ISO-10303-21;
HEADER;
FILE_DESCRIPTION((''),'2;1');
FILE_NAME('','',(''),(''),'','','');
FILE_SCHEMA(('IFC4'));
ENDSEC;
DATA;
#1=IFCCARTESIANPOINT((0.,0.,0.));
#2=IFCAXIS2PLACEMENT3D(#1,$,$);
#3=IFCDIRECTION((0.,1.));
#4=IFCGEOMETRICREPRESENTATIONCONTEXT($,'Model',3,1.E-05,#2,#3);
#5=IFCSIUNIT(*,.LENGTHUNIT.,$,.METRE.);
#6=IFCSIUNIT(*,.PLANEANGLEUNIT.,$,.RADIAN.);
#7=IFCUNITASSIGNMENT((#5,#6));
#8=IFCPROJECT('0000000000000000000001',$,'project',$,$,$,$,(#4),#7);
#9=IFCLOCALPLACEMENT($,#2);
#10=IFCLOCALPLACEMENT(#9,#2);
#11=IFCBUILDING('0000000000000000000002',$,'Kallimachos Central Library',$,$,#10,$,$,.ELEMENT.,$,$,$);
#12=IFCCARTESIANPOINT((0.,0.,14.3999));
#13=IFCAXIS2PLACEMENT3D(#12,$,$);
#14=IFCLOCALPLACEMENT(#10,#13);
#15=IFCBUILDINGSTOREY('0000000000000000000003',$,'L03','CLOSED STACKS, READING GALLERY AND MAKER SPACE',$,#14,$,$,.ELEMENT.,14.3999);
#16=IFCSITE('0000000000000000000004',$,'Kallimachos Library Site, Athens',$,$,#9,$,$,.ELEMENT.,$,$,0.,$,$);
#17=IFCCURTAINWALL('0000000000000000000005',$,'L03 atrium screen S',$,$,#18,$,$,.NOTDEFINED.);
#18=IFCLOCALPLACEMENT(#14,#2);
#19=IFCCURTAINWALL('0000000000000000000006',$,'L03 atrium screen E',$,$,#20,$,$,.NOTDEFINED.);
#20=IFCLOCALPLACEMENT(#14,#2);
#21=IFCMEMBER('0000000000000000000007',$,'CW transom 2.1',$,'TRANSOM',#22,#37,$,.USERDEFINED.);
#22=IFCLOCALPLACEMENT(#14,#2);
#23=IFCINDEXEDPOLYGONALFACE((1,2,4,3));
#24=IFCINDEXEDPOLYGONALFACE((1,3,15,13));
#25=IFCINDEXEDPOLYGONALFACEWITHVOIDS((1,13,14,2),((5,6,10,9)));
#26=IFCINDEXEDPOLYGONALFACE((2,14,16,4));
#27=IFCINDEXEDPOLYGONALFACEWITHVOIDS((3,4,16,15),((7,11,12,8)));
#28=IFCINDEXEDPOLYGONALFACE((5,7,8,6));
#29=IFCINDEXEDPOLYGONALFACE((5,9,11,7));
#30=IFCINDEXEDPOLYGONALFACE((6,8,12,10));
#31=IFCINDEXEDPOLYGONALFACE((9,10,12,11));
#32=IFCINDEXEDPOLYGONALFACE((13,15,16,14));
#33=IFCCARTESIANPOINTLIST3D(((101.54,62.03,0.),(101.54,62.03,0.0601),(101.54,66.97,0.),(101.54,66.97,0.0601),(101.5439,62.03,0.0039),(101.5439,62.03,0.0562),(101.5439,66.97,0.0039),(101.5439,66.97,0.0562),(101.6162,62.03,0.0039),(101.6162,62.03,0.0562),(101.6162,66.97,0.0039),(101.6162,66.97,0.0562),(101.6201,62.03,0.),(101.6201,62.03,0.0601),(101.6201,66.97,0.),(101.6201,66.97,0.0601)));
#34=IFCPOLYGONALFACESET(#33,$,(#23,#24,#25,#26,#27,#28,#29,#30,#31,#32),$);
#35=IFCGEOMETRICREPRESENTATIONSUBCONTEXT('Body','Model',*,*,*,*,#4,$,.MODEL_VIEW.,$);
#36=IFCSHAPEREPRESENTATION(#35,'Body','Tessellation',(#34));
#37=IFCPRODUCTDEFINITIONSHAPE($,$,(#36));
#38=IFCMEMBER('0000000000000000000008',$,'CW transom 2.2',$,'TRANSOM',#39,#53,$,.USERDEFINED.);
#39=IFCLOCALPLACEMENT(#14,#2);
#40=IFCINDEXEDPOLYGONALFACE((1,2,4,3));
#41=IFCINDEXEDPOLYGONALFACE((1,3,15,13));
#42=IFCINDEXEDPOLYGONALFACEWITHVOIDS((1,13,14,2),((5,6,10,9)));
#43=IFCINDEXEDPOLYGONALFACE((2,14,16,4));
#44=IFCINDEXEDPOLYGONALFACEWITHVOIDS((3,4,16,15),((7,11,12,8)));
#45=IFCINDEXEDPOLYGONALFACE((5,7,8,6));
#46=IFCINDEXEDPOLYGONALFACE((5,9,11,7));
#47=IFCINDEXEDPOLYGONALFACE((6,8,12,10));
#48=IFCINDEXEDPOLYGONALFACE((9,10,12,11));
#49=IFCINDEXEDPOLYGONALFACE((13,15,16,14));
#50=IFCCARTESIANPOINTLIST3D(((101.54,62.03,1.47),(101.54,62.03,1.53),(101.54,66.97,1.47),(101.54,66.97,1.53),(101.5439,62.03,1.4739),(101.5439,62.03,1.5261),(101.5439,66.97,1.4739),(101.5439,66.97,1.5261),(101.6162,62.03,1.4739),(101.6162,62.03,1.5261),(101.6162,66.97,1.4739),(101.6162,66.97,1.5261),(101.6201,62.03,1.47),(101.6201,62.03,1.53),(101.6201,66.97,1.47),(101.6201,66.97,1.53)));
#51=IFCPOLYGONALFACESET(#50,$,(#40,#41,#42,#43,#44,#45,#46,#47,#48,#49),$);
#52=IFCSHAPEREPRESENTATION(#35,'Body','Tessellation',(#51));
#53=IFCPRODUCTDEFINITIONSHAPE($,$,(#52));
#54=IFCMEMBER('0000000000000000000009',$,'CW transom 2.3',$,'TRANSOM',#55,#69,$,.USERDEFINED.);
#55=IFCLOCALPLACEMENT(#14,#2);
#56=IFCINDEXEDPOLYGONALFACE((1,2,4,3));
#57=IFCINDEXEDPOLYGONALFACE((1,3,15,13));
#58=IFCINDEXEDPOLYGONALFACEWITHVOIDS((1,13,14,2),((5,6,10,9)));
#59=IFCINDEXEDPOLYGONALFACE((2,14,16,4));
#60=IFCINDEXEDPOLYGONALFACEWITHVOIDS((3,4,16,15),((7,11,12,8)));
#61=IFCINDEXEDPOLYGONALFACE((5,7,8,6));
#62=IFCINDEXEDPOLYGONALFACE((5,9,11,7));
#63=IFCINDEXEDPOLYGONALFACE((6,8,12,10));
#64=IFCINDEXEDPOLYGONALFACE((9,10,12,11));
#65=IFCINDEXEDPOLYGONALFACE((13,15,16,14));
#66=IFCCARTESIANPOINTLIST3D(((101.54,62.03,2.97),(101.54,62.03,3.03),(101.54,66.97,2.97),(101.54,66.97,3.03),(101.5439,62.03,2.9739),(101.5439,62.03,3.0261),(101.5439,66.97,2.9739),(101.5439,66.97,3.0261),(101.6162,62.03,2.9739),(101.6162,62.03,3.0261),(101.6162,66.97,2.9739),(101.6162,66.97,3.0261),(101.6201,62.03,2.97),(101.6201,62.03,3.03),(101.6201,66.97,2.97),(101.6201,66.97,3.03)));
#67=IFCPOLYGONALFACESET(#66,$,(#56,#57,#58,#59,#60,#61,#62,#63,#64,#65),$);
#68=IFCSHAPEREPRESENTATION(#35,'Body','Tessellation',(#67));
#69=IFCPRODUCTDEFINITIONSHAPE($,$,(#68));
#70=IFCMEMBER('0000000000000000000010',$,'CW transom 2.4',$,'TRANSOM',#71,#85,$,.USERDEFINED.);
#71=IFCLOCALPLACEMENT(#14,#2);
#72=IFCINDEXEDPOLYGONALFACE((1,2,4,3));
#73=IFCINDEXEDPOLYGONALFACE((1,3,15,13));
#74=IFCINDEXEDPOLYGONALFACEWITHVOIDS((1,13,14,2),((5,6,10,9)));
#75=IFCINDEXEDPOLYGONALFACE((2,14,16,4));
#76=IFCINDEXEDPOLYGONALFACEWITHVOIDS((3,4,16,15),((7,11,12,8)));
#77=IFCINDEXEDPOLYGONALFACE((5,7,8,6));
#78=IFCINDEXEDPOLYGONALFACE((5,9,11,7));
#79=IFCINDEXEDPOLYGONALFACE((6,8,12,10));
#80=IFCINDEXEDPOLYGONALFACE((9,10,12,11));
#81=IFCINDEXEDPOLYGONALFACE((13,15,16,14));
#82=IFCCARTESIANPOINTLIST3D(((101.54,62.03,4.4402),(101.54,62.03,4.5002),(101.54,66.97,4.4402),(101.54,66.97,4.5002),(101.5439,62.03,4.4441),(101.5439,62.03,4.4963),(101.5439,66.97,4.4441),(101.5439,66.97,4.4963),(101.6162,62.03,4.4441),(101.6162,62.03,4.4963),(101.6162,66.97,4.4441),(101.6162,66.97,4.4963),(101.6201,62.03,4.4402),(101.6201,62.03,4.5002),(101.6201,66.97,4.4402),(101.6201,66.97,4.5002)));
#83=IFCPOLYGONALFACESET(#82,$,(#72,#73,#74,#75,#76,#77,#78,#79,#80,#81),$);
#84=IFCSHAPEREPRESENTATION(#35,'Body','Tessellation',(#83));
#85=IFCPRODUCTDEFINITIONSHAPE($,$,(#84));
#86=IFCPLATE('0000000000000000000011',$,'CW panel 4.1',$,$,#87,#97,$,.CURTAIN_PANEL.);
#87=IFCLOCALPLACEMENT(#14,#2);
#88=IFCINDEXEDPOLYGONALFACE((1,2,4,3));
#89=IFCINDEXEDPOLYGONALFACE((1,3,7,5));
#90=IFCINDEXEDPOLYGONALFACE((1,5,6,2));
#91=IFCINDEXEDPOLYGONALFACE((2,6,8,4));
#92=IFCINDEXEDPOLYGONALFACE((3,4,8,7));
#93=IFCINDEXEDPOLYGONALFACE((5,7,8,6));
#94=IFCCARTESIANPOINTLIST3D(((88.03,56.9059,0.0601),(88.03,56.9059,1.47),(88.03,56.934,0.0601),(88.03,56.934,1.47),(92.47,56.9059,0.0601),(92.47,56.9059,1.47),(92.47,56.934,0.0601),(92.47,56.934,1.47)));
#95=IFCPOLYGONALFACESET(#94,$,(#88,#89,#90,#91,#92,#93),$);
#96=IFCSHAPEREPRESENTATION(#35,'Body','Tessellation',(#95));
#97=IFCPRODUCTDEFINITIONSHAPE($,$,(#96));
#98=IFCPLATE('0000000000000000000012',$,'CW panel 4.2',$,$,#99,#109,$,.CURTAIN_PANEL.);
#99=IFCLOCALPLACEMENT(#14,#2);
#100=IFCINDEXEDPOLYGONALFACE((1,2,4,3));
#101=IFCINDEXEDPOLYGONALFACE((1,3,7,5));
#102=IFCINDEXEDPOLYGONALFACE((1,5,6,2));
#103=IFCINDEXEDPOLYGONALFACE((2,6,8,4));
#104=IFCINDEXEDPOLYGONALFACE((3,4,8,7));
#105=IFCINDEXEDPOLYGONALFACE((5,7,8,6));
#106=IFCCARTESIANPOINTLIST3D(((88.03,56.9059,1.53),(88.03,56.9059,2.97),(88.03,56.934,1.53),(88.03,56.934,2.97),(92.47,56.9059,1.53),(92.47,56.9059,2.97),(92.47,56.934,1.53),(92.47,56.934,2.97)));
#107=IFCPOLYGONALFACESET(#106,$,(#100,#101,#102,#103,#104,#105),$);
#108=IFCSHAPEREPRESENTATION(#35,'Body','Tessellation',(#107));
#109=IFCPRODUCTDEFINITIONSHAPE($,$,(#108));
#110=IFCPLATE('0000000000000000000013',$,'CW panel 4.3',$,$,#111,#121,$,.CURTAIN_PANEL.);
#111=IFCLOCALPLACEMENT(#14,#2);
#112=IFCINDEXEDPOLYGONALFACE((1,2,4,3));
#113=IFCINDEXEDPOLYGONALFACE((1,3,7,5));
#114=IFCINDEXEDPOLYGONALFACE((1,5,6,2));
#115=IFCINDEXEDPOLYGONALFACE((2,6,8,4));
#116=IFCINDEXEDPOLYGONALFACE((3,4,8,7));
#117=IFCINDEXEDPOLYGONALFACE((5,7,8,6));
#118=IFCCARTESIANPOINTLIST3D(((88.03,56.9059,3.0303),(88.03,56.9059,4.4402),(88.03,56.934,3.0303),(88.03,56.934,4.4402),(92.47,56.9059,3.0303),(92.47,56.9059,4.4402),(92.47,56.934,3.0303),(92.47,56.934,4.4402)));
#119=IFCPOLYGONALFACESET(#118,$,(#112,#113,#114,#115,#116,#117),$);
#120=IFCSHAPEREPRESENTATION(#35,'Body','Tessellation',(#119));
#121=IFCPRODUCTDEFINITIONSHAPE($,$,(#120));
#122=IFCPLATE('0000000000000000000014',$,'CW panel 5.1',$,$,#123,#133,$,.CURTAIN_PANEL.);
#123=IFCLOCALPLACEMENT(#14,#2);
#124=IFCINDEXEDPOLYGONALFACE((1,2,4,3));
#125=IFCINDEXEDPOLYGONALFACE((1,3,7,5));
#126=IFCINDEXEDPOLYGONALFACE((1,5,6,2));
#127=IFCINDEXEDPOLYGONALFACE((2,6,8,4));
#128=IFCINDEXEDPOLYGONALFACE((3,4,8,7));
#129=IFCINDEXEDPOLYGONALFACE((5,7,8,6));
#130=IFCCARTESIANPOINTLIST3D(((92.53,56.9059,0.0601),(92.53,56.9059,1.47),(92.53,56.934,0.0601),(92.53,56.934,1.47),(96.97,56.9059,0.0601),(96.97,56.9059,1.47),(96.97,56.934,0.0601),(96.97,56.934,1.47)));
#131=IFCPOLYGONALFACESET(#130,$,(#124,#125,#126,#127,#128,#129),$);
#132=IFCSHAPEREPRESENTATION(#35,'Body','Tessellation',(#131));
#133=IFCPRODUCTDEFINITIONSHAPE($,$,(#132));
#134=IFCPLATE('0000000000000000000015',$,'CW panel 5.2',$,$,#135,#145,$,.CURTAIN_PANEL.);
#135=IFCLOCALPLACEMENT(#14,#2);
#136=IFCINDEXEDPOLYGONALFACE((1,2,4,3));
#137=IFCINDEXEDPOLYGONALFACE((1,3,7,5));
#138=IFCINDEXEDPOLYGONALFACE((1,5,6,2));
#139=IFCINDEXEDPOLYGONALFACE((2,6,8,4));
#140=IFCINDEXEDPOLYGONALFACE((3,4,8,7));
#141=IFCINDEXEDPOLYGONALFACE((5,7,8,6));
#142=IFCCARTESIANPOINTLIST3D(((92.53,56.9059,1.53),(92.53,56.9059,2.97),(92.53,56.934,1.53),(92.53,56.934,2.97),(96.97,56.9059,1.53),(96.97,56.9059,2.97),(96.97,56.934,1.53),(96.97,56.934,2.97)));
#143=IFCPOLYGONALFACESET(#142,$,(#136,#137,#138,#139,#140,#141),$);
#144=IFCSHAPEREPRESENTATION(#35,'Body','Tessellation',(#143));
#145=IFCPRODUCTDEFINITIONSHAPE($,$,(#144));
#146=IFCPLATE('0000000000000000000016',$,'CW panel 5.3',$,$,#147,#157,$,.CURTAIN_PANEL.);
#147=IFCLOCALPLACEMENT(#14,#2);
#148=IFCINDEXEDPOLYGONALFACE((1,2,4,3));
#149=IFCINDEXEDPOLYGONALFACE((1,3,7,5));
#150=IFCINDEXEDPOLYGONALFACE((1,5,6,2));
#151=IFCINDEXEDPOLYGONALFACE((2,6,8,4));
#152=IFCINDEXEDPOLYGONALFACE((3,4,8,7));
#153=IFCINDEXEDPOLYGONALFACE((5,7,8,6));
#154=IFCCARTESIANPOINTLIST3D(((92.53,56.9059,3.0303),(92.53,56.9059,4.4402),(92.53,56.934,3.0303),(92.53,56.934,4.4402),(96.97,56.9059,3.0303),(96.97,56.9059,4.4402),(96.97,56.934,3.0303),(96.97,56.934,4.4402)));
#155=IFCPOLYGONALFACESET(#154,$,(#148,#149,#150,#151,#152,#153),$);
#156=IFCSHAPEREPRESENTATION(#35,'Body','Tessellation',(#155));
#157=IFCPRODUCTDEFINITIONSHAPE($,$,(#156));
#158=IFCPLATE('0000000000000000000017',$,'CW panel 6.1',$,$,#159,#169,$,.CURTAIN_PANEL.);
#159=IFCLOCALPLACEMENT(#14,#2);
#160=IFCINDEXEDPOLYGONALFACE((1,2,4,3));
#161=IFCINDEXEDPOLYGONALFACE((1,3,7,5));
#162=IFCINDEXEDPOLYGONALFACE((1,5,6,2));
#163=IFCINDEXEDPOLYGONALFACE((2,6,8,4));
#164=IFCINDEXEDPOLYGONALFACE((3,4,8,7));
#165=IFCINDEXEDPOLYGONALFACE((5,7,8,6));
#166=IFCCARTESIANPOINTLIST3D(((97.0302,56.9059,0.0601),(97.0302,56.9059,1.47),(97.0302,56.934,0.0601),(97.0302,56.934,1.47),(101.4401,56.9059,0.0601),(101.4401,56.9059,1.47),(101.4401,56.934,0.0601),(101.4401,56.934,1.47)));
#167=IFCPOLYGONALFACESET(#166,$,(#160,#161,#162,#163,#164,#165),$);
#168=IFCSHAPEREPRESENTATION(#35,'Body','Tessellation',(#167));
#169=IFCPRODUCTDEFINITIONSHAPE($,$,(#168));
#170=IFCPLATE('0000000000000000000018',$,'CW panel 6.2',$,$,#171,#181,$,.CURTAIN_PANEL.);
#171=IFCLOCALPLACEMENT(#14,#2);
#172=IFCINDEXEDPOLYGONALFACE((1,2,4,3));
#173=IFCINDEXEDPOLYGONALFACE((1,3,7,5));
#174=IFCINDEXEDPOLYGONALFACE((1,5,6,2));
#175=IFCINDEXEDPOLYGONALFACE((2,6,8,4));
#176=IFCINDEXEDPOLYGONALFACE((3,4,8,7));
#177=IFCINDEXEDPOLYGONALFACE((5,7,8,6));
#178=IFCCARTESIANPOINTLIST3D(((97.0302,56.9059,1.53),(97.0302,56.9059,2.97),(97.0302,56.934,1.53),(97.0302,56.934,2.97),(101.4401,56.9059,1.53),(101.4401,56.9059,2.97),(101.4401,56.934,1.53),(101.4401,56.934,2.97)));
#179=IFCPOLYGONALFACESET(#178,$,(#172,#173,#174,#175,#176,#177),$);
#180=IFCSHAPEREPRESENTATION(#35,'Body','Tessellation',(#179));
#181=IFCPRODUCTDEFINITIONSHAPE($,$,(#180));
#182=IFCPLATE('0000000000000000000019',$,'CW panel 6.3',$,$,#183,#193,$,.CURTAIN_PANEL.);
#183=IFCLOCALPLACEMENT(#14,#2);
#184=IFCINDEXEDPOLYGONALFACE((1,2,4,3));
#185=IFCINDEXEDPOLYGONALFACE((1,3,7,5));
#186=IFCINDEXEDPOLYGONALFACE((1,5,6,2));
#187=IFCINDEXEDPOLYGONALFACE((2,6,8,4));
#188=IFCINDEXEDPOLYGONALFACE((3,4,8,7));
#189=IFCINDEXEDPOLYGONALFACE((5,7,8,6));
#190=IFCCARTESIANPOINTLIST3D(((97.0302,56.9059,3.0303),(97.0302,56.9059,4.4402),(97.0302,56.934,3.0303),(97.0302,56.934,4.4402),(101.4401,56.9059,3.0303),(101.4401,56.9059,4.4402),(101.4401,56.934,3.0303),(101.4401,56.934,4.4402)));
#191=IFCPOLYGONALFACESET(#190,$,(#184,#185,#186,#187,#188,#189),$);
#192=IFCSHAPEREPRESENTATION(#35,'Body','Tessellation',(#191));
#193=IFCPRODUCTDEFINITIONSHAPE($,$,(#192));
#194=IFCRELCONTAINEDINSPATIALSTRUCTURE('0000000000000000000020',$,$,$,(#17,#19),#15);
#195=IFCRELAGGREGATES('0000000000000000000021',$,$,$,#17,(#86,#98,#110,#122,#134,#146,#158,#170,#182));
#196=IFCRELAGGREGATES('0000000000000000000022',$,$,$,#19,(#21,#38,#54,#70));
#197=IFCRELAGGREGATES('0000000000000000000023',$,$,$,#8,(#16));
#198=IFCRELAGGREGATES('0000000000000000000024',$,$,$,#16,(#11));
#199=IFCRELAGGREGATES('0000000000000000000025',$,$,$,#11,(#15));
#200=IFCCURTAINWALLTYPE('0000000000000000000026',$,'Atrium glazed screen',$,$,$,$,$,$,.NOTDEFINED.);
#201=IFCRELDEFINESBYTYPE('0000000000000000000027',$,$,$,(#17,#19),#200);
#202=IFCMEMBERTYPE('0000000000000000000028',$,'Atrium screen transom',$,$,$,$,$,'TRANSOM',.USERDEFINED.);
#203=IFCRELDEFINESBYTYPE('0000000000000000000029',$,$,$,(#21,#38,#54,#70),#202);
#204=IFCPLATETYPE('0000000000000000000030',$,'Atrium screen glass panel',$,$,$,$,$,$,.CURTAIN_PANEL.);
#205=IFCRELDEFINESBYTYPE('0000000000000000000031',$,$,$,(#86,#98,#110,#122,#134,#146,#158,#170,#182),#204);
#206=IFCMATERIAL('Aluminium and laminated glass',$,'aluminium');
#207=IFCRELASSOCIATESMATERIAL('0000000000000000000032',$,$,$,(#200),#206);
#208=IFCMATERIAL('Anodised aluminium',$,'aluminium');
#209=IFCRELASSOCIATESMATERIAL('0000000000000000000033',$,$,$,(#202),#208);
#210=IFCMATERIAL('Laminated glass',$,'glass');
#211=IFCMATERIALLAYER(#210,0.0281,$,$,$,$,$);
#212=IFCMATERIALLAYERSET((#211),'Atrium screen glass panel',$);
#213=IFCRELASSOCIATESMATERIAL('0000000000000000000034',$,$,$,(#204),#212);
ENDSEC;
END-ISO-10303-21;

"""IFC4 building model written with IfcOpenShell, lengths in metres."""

from ifc_helpers import new_model, si_unit, direction, frame, origin, origin_2d, place, context, subcontext, project, spatial, rectangle, hollow_rectangle, extrude, material, layer, layer_set, material_profile, profile_set, type_object, element, aggregate, save


model = new_model("IFC4")

# Units and contexts
model_context = context("Model", 3, precision=1e-05, world=origin(), true_north=direction((0.0, 1.0)))
body_context = subcontext(model_context, "Body", "Model", "MODEL_VIEW")
ifc_project = project(units=[si_unit("LENGTHUNIT", "METRE"), si_unit("PLANEANGLEUNIT", "RADIAN")], contexts=[model_context])

# Site, building, storey
site_placement = place(None, origin())
site = spatial("IfcSite", under=ifc_project, at=site_placement, Name="Kallimachos Library Site, Athens", CompositionType="ELEMENT", RefElevation=0.0)
building_placement = place(site_placement, origin())
building = spatial("IfcBuilding", under=site, at=building_placement, Name="Kallimachos Central Library", CompositionType="ELEMENT")
storey_placement = place(building_placement, frame((0.0, 0.0, 14.3999)))
storey = spatial("IfcBuildingStorey", under=building, at=storey_placement, Name="L03", Description="CLOSED STACKS, READING GALLERY AND MAKER SPACE", CompositionType="ELEMENT", Elevation=14.3999)

# Curtain walls
ifc_material_1 = material(Name="Aluminium and laminated glass", Category="aluminium")
curtain_wall_type = type_object("IfcCurtainWallType", Name="Atrium glazed screen", PredefinedType="NOTDEFINED", material=ifc_material_1)
curtain_wall_1_placement = place(storey_placement, origin())
curtain_wall_1 = element("IfcCurtainWall", 1, at=curtain_wall_1_placement, inside=storey, type_object=curtain_wall_type, Name="L03 atrium screen S", PredefinedType="NOTDEFINED")
curtain_wall_2_placement = place(storey_placement, origin())
curtain_wall_2 = element("IfcCurtainWall", 2, at=curtain_wall_2_placement, inside=storey, type_object=curtain_wall_type, Name="L03 atrium screen E", PredefinedType="NOTDEFINED")

# Members
ifc_material_2 = material(Name="Anodised aluminium", Category="aluminium")
ifc_material_profile_1 = material_profile(ifc_material_2, hollow_rectangle(XDim=0.0601, YDim=0.0801, WallThickness=0.0039, at=origin_2d()), Name="ALU TRANSOM 60x80")
ifc_profile_set_1 = profile_set([ifc_material_profile_1], Name="Anodised aluminium")
member_type_1 = type_object("IfcMemberType", Name="Atrium screen transom", ElementType="TRANSOM", PredefinedType="USERDEFINED", material=ifc_profile_set_1)
member_1_placement = place(storey_placement, frame((101.5801, 62.03, 0.03), z_axis=(0.0, 1.0, 0.0), x_axis=(0.0, 0.0, 1.0)))
member_1 = element("IfcMember", 3, at=member_1_placement, type_object=member_type_1, Name="CW transom 2.1", ObjectType="TRANSOM", PredefinedType="USERDEFINED", context=body_context, shape_type="SweptSolid", body=[
    extrude(hollow_rectangle(XDim=0.0601, YDim=0.0801, WallThickness=0.0039, at=origin_2d()), origin(), (0.0, 0.0, 1.0), 4.9399),
])
member_2_placement = place(storey_placement, frame((101.5801, 62.03, 1.5), z_axis=(0.0, 1.0, 0.0), x_axis=(0.0, 0.0, 1.0)))
member_2 = element("IfcMember", 4, at=member_2_placement, type_object=member_type_1, Name="CW transom 2.2", ObjectType="TRANSOM", PredefinedType="USERDEFINED", context=body_context, shape_type="SweptSolid", body=[
    extrude(hollow_rectangle(XDim=0.0601, YDim=0.0801, WallThickness=0.0039, at=origin_2d()), origin(), (0.0, 0.0, 1.0), 4.9399),
])
member_3_placement = place(storey_placement, frame((101.5801, 62.03, 3.0), z_axis=(0.0, 1.0, 0.0), x_axis=(0.0, 0.0, 1.0)))
member_3 = element("IfcMember", 5, at=member_3_placement, type_object=member_type_1, Name="CW transom 2.3", ObjectType="TRANSOM", PredefinedType="USERDEFINED", context=body_context, shape_type="SweptSolid", body=[
    extrude(hollow_rectangle(XDim=0.0601, YDim=0.0801, WallThickness=0.0039, at=origin_2d()), origin(), (0.0, 0.0, 1.0), 4.9399),
])
member_4_placement = place(storey_placement, frame((101.5801, 62.03, 4.4702), z_axis=(0.0, 1.0, 0.0), x_axis=(0.0, 0.0, 1.0)))
member_4 = element("IfcMember", 6, at=member_4_placement, type_object=member_type_1, Name="CW transom 2.4", ObjectType="TRANSOM", PredefinedType="USERDEFINED", context=body_context, shape_type="SweptSolid", body=[
    extrude(hollow_rectangle(XDim=0.0601, YDim=0.0801, WallThickness=0.0039, at=origin_2d()), origin(), (0.0, 0.0, 1.0), 4.9399),
])

# Plates
ifc_material_3 = material(Name="Laminated glass", Category="glass")
ifc_layer = layer(ifc_material_3, 0.0281)
ifc_layer_set = layer_set([ifc_layer], Name="Atrium screen glass panel")
plate_type = type_object("IfcPlateType", Name="Atrium screen glass panel", PredefinedType="CURTAIN_PANEL", material=ifc_layer_set)
plate_1_placement = place(storey_placement, frame((90.25, 56.9199, 0.0601), z_axis=(0.0, 0.0, 1.0), x_axis=(1.0, 0.0, 0.0)))
plate_1 = element("IfcPlate", 7, at=plate_1_placement, type_object=plate_type, Name="CW panel 4.1", PredefinedType="CURTAIN_PANEL", context=body_context, shape_type="SweptSolid", body=[
    extrude(rectangle(XDim=4.4399, YDim=0.0281, at=origin_2d()), origin(), (0.0, 0.0, 1.0), 1.4099),
])
plate_2_placement = place(storey_placement, frame((90.25, 56.9199, 1.53), z_axis=(0.0, 0.0, 1.0), x_axis=(1.0, 0.0, 0.0)))
plate_2 = element("IfcPlate", 8, at=plate_2_placement, type_object=plate_type, Name="CW panel 4.2", PredefinedType="CURTAIN_PANEL", context=body_context, shape_type="SweptSolid", body=[
    extrude(rectangle(XDim=4.4399, YDim=0.0281, at=origin_2d()), origin(), (0.0, 0.0, 1.0), 1.4399),
])
plate_3_placement = place(storey_placement, frame((90.25, 56.9199, 3.0303), z_axis=(0.0, 0.0, 1.0), x_axis=(1.0, 0.0, 0.0)))
plate_3 = element("IfcPlate", 9, at=plate_3_placement, type_object=plate_type, Name="CW panel 4.3", PredefinedType="CURTAIN_PANEL", context=body_context, shape_type="SweptSolid", body=[
    extrude(rectangle(XDim=4.4399, YDim=0.0281, at=origin_2d()), origin(), (0.0, 0.0, 1.0), 1.4099),
])
plate_4_placement = place(storey_placement, frame((94.75, 56.9199, 0.0601), z_axis=(0.0, 0.0, 1.0), x_axis=(1.0, 0.0, 0.0)))
plate_4 = element("IfcPlate", 10, at=plate_4_placement, type_object=plate_type, Name="CW panel 5.1", PredefinedType="CURTAIN_PANEL", context=body_context, shape_type="SweptSolid", body=[
    extrude(rectangle(XDim=4.4399, YDim=0.0281, at=origin_2d()), origin(), (0.0, 0.0, 1.0), 1.4099),
])
plate_5_placement = place(storey_placement, frame((94.75, 56.9199, 1.53), z_axis=(0.0, 0.0, 1.0), x_axis=(1.0, 0.0, 0.0)))
plate_5 = element("IfcPlate", 11, at=plate_5_placement, type_object=plate_type, Name="CW panel 5.2", PredefinedType="CURTAIN_PANEL", context=body_context, shape_type="SweptSolid", body=[
    extrude(rectangle(XDim=4.4399, YDim=0.0281, at=origin_2d()), origin(), (0.0, 0.0, 1.0), 1.4399),
])
plate_6_placement = place(storey_placement, frame((94.75, 56.9199, 3.0303), z_axis=(0.0, 0.0, 1.0), x_axis=(1.0, 0.0, 0.0)))
plate_6 = element("IfcPlate", 12, at=plate_6_placement, type_object=plate_type, Name="CW panel 5.3", PredefinedType="CURTAIN_PANEL", context=body_context, shape_type="SweptSolid", body=[
    extrude(rectangle(XDim=4.4399, YDim=0.0281, at=origin_2d()), origin(), (0.0, 0.0, 1.0), 1.4099),
])
plate_7_placement = place(storey_placement, frame((99.2351, 56.9199, 0.0601), z_axis=(0.0, 0.0, 1.0), x_axis=(1.0, 0.0, 0.0)))
plate_7 = element("IfcPlate", 13, at=plate_7_placement, type_object=plate_type, Name="CW panel 6.1", PredefinedType="CURTAIN_PANEL", context=body_context, shape_type="SweptSolid", body=[
    extrude(rectangle(XDim=4.4099, YDim=0.0281, at=origin_2d()), origin(), (0.0, 0.0, 1.0), 1.4099),
])
plate_8_placement = place(storey_placement, frame((99.2351, 56.9199, 1.53), z_axis=(0.0, 0.0, 1.0), x_axis=(1.0, 0.0, 0.0)))
plate_8 = element("IfcPlate", 14, at=plate_8_placement, type_object=plate_type, Name="CW panel 6.2", PredefinedType="CURTAIN_PANEL", context=body_context, shape_type="SweptSolid", body=[
    extrude(rectangle(XDim=4.4099, YDim=0.0281, at=origin_2d()), origin(), (0.0, 0.0, 1.0), 1.4399),
])
plate_9_placement = place(storey_placement, frame((99.2351, 56.9199, 3.0303), z_axis=(0.0, 0.0, 1.0), x_axis=(1.0, 0.0, 0.0)))
plate_9 = element("IfcPlate", 15, at=plate_9_placement, type_object=plate_type, Name="CW panel 6.3", PredefinedType="CURTAIN_PANEL", context=body_context, shape_type="SweptSolid", body=[
    extrude(rectangle(XDim=4.4099, YDim=0.0281, at=origin_2d()), origin(), (0.0, 0.0, 1.0), 1.4099),
])
aggregate(curtain_wall_1, [plate_1, plate_2, plate_3, plate_4, plate_5, plate_6, plate_7, plate_8, plate_9])
aggregate(curtain_wall_2, [member_1, member_2, member_3, member_4])

save(model, "model.ifc")
